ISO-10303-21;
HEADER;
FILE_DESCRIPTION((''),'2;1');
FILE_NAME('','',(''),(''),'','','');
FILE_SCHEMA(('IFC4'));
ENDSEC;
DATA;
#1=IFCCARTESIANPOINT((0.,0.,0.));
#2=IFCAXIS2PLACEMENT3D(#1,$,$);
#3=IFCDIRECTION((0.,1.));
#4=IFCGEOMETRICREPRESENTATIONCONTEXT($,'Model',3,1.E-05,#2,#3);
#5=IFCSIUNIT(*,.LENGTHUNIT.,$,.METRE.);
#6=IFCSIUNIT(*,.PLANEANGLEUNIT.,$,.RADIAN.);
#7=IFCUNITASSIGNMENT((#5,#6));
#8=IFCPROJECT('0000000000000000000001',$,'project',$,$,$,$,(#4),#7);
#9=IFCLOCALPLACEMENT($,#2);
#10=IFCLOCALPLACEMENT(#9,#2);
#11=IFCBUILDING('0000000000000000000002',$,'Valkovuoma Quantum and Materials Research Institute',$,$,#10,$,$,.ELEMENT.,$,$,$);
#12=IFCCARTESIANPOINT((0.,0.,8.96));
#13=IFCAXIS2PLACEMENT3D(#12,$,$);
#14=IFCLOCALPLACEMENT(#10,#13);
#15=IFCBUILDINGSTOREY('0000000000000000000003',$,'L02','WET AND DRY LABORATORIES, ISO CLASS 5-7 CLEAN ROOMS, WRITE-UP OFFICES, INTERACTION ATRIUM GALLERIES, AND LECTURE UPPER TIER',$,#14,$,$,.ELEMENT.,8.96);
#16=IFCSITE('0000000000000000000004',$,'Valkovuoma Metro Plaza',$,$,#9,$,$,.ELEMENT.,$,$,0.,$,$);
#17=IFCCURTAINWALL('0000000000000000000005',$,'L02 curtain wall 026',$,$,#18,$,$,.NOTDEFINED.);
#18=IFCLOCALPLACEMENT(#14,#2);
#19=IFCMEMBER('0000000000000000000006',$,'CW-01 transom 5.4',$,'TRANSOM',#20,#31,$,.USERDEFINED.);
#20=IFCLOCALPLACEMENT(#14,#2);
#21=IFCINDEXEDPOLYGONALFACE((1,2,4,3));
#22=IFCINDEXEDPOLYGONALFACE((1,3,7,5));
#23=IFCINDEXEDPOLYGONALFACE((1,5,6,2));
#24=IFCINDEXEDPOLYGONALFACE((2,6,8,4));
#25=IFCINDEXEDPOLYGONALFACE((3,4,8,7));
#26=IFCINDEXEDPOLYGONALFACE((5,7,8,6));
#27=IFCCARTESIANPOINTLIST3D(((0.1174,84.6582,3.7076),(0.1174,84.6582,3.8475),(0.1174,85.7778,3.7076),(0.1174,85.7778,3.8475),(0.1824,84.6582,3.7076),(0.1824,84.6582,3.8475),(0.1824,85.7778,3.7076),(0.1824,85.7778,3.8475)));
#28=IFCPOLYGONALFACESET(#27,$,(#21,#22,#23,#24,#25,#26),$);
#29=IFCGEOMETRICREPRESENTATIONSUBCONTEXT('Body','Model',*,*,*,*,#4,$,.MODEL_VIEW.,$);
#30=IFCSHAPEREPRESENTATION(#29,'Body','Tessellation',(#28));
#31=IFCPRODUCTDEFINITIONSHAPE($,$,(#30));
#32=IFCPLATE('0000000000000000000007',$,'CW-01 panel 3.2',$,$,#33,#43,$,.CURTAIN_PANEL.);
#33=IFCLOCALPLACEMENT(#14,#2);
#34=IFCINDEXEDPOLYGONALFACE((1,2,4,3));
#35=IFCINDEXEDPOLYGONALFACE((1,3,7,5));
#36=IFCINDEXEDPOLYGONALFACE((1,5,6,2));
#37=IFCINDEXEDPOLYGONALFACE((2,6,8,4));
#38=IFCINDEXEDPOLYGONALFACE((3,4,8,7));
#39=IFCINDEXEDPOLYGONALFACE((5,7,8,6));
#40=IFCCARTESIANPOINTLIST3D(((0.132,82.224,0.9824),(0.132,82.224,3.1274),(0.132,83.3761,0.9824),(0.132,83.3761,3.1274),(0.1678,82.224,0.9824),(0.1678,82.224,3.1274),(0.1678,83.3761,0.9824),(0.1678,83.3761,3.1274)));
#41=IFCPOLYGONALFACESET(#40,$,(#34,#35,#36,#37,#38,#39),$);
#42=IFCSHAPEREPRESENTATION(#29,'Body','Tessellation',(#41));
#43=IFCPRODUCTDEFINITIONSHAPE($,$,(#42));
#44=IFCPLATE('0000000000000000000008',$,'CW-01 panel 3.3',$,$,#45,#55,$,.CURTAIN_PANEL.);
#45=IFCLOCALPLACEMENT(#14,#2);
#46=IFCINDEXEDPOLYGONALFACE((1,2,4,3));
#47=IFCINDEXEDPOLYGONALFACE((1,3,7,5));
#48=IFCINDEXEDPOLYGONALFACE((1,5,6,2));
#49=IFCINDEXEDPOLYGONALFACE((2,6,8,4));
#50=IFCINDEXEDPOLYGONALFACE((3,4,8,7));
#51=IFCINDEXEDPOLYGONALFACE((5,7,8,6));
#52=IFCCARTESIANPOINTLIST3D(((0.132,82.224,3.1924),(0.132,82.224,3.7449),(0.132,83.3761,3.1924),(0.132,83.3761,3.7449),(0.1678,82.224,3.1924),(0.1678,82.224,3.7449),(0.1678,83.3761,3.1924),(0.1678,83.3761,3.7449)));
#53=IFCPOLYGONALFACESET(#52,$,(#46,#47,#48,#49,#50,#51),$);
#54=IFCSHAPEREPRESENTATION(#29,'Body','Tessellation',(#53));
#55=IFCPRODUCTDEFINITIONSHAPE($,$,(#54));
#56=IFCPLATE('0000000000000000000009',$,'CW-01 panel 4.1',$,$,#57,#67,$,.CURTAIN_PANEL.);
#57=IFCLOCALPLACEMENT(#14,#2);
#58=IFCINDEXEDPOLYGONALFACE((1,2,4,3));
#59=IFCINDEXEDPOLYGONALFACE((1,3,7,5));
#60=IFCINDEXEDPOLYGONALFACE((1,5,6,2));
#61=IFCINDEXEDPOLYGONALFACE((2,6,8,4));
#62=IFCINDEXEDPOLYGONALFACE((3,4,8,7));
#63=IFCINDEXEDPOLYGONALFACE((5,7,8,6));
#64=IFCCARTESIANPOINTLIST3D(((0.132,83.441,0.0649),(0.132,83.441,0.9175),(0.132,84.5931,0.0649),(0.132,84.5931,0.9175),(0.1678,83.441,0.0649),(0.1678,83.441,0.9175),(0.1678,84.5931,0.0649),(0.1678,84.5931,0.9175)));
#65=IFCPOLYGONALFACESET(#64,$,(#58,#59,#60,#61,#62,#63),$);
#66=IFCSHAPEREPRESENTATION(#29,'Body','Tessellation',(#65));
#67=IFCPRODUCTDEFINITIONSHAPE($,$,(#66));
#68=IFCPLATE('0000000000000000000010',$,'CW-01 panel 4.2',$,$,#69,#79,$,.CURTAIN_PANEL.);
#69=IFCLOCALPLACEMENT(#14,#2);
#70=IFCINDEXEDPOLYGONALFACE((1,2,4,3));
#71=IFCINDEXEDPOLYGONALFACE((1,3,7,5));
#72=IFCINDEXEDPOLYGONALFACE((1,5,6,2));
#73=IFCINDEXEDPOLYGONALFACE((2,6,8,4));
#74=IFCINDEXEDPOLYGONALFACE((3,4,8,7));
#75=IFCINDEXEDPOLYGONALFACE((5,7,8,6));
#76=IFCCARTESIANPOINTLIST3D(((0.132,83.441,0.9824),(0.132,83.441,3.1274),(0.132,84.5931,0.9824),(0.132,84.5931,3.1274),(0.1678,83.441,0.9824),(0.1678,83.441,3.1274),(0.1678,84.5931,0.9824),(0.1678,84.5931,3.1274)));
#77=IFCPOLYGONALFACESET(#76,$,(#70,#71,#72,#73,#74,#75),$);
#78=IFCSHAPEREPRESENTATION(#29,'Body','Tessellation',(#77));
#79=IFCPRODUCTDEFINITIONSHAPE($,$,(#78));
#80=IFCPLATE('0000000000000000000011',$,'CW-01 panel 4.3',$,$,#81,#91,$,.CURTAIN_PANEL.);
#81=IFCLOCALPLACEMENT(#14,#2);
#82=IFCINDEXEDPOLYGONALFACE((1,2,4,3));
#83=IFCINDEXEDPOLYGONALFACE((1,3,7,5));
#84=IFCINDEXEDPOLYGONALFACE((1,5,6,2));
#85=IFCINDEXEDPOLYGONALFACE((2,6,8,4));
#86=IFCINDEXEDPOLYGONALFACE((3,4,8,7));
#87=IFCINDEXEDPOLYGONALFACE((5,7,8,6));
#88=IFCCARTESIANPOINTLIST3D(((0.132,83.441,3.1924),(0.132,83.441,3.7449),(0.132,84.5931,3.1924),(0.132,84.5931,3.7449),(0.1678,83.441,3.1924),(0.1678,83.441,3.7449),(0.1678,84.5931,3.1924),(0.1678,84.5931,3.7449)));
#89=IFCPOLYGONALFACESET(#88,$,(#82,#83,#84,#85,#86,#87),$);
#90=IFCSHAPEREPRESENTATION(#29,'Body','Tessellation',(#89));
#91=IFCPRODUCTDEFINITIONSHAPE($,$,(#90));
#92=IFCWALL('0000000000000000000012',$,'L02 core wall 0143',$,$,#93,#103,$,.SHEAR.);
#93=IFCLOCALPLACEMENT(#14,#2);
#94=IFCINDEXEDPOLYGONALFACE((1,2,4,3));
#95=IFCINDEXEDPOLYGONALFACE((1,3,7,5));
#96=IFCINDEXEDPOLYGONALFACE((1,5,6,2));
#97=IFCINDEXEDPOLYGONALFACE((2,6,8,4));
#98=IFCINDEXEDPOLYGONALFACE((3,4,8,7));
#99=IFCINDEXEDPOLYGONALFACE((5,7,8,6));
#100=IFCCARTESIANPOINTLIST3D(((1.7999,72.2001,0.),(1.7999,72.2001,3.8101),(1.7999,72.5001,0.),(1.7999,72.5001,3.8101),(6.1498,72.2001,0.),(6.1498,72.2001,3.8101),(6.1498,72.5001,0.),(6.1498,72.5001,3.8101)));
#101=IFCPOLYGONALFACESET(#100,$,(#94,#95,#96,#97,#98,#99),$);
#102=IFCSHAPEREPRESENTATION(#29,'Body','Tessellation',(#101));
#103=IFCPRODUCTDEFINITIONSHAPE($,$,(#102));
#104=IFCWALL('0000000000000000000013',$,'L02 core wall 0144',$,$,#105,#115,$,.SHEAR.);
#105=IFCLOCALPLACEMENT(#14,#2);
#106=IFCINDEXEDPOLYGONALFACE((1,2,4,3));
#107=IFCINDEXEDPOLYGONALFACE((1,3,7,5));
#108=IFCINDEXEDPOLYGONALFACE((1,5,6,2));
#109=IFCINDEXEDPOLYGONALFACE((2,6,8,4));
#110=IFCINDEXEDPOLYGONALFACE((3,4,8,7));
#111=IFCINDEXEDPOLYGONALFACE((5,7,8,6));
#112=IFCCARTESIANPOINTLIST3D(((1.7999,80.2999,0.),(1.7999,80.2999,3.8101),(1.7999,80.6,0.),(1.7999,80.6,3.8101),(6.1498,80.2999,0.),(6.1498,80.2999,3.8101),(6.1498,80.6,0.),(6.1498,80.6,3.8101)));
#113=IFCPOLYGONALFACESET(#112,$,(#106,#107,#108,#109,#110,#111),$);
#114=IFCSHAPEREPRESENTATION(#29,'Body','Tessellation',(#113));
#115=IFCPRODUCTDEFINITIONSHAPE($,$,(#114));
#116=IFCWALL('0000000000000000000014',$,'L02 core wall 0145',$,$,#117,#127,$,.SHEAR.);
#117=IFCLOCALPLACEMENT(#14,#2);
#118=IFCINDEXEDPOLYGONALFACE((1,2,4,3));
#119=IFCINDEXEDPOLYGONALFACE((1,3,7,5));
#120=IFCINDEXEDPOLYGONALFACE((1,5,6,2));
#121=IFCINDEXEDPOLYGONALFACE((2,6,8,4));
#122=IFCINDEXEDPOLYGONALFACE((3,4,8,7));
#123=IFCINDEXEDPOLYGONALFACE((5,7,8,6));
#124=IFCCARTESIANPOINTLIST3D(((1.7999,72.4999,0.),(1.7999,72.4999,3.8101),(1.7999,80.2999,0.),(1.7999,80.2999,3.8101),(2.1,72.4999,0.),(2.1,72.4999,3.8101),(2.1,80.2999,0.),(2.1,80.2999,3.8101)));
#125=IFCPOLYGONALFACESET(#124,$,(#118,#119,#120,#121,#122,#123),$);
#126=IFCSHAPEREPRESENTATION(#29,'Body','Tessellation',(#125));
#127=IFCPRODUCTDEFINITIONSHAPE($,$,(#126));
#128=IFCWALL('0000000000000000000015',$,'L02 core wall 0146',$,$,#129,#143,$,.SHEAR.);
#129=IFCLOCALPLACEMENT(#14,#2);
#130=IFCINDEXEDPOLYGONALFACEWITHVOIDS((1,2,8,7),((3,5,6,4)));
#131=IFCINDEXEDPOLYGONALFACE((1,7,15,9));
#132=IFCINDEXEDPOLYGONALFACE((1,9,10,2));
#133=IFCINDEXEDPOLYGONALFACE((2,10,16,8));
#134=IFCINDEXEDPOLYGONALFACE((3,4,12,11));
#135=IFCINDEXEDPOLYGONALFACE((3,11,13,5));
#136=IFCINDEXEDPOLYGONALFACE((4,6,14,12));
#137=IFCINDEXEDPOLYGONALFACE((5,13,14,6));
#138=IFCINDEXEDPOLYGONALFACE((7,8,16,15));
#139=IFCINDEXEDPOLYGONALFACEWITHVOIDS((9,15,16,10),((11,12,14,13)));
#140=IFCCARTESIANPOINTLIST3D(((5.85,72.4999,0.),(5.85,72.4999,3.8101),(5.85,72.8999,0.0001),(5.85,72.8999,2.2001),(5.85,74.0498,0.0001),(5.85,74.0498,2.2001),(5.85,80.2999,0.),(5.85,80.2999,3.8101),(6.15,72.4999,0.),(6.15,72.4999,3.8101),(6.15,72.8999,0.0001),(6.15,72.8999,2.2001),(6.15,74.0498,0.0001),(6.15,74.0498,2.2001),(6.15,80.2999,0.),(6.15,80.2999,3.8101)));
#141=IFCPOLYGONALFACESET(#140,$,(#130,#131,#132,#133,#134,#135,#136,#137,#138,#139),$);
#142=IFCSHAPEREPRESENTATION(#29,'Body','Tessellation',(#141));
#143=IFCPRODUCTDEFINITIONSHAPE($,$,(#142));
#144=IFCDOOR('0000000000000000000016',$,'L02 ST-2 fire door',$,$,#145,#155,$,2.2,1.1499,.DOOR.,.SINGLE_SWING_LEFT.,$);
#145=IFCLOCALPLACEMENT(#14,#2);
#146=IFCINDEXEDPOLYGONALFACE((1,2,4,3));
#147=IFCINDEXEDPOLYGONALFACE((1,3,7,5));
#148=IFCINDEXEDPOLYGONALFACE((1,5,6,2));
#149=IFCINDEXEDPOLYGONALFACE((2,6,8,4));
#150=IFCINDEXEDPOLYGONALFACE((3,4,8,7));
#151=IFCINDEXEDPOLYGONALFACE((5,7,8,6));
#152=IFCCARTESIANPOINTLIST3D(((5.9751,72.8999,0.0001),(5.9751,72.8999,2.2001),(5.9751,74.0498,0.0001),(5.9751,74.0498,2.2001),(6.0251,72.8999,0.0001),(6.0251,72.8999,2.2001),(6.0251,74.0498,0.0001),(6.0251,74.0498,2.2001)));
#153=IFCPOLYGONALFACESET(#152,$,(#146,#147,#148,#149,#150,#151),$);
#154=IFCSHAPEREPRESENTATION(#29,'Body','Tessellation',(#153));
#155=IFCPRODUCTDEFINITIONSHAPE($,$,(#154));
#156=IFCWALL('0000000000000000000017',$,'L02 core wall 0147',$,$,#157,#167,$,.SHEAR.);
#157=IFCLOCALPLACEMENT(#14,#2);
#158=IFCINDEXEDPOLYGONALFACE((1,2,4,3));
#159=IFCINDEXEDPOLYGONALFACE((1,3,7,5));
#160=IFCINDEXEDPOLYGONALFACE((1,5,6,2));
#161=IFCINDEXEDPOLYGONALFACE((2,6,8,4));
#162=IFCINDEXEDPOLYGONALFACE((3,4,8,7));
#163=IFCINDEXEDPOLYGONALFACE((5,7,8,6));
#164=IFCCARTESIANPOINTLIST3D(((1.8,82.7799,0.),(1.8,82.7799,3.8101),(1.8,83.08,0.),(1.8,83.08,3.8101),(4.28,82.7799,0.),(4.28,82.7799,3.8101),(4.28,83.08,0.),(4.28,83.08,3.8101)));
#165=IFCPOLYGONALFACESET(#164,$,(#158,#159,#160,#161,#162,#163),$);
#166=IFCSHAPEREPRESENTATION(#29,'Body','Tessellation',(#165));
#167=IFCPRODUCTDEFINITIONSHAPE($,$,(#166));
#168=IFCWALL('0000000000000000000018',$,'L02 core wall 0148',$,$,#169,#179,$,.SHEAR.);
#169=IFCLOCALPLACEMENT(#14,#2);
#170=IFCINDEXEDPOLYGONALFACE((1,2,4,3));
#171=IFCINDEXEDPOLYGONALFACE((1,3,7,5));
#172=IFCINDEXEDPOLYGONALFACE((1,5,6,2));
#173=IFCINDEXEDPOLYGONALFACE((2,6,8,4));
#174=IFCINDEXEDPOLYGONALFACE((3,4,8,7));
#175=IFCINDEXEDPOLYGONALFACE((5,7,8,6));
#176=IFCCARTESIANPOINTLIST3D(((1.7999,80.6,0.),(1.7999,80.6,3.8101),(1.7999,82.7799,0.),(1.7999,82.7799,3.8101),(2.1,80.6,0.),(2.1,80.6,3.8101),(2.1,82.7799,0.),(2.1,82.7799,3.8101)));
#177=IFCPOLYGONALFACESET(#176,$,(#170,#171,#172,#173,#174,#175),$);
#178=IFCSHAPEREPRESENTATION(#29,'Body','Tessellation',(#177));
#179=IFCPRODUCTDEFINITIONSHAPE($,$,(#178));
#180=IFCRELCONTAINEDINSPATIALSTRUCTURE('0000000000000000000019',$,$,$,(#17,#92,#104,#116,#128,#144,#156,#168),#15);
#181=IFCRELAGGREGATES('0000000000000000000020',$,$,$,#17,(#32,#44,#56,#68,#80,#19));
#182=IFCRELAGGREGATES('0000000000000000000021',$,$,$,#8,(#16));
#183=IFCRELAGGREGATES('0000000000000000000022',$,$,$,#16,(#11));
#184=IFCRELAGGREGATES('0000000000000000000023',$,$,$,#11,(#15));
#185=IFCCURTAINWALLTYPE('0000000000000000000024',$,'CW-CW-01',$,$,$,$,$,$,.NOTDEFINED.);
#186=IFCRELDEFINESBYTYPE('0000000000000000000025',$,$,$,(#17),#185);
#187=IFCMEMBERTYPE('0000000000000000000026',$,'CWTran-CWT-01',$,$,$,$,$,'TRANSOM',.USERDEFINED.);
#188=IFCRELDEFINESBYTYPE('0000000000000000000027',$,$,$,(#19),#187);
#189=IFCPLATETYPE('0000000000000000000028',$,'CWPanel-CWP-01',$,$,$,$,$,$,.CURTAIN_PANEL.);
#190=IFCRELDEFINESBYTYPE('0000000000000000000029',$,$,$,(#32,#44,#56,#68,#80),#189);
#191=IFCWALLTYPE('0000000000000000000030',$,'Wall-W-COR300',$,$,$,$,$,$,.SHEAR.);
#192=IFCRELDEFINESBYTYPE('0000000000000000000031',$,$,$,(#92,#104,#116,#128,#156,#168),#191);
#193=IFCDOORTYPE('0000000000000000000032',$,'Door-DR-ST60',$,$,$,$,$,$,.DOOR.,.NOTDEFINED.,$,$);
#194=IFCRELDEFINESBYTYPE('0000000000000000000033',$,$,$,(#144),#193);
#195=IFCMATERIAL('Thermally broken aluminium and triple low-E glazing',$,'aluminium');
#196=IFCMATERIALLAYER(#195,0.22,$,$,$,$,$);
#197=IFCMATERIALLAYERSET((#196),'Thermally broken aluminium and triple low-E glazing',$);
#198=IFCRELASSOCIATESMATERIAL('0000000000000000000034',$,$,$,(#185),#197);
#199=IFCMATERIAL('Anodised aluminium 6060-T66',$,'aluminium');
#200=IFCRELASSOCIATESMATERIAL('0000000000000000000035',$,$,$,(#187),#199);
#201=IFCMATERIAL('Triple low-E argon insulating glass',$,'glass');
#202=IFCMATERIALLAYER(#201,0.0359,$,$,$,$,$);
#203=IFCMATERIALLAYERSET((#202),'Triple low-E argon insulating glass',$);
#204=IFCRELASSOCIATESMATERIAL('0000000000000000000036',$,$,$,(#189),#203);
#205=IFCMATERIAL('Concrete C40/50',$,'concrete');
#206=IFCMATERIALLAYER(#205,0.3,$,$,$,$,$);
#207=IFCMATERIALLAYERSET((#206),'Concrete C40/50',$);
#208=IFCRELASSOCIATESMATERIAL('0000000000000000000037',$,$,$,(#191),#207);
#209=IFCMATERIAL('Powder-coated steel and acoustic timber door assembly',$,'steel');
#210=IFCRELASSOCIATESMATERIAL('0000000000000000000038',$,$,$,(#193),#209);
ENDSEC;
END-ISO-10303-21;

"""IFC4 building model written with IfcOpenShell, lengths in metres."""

from ifc_helpers import new_model, si_unit, direction, frame, frame_2d, origin, origin_2d, place, context, subcontext, project, spatial, rectangle, extrude, material, layer, layer_set, material_profile, profile_set, type_object, element, fill, aggregate, save


model = new_model("IFC4")

# Units and contexts
model_context = context("Model", 3, precision=1e-05, world=origin(), true_north=direction((0.0, 1.0)))
body_context = subcontext(model_context, "Body", "Model", "MODEL_VIEW")
ifc_project = project(units=[si_unit("LENGTHUNIT", "METRE"), si_unit("PLANEANGLEUNIT", "RADIAN")], contexts=[model_context])

# Site, building, storey
site_placement = place(None, origin())
site = spatial("IfcSite", under=ifc_project, at=site_placement, Name="Valkovuoma Metro Plaza", CompositionType="ELEMENT", RefElevation=0.0)
building_placement = place(site_placement, origin())
building = spatial("IfcBuilding", under=site, at=building_placement, Name="Valkovuoma Quantum and Materials Research Institute", CompositionType="ELEMENT")
storey_placement = place(building_placement, frame((0.0, 0.0, 8.96)))
storey = spatial("IfcBuildingStorey", under=building, at=storey_placement, Name="L02", Description="WET AND DRY LABORATORIES, ISO CLASS 5-7 CLEAN ROOMS, WRITE-UP OFFICES, INTERACTION ATRIUM GALLERIES, AND LECTURE UPPER TIER", CompositionType="ELEMENT", Elevation=8.96)

# Curtain wall, member, plates
ifc_material_1 = material(Name="Thermally broken aluminium and triple low-E glazing", Category="aluminium")
ifc_layer_1 = layer(ifc_material_1, 0.22)
ifc_layer_set_1 = layer_set([ifc_layer_1], Name="Thermally broken aluminium and triple low-E glazing")
curtain_wall_type = type_object("IfcCurtainWallType", Name="CW-CW-01", PredefinedType="NOTDEFINED", material=ifc_layer_set_1)
curtain_wall_placement = place(storey_placement, origin())
curtain_wall = element("IfcCurtainWall", 1, at=curtain_wall_placement, inside=storey, type_object=curtain_wall_type, Name="L02 curtain wall 026", PredefinedType="NOTDEFINED")
ifc_material_2 = material(Name="Anodised aluminium 6060-T66", Category="aluminium")
ifc_material_profile_1 = material_profile(ifc_material_2, rectangle(XDim=0.0649, YDim=0.1399, at=origin_2d()), Name="Anodised aluminium 6060-T66")
ifc_profile_set_1 = profile_set([ifc_material_profile_1], Name="Anodised aluminium 6060-T66")
member_type_1 = type_object("IfcMemberType", Name="CWTran-CWT-01", ElementType="TRANSOM", PredefinedType="USERDEFINED", material=ifc_profile_set_1)
member_1_placement = place(storey_placement, frame((0.1499, 84.6582, 3.7776), z_axis=(0.0, 1.0, 0.0), x_axis=(-1.0, 0.0, 0.0)))
member_1 = element("IfcMember", 2, at=member_1_placement, type_object=member_type_1, Name="CW-01 transom 5.4", ObjectType="TRANSOM", PredefinedType="USERDEFINED", context=body_context, shape_type="SweptSolid", body=[
    extrude(rectangle(XDim=0.0649, YDim=0.1399, at=origin_2d()), origin(), (0.0, 0.0, 1.0), 1.1196),
])
ifc_material_3 = material(Name="Triple low-E argon insulating glass", Category="glass")
ifc_layer_2 = layer(ifc_material_3, 0.0359)
ifc_layer_set_2 = layer_set([ifc_layer_2], Name="Triple low-E argon insulating glass")
plate_type = type_object("IfcPlateType", Name="CWPanel-CWP-01", PredefinedType="CURTAIN_PANEL", material=ifc_layer_set_2)
plate_1_placement = place(storey_placement, frame((0.1499, 82.8, 0.9824), z_axis=(0.0, 0.0, 1.0), x_axis=(0.0, 1.0, 0.0)))
plate_1 = element("IfcPlate", 3, at=plate_1_placement, type_object=plate_type, Name="CW-01 panel 3.2", PredefinedType="CURTAIN_PANEL", context=body_context, shape_type="SweptSolid", body=[
    extrude(rectangle(XDim=1.1521, YDim=0.0359, at=origin_2d()), origin(), (0.0, 0.0, 1.0), 2.145),
])
plate_2_placement = place(storey_placement, frame((0.1499, 82.8, 3.1924), z_axis=(0.0, 0.0, 1.0), x_axis=(0.0, 1.0, 0.0)))
plate_2 = element("IfcPlate", 4, at=plate_2_placement, type_object=plate_type, Name="CW-01 panel 3.3", PredefinedType="CURTAIN_PANEL", context=body_context, shape_type="SweptSolid", body=[
    extrude(rectangle(XDim=1.1521, YDim=0.0359, at=origin_2d()), origin(), (0.0, 0.0, 1.0), 0.5525),
])
plate_3_placement = place(storey_placement, frame((0.1499, 84.0171, 0.0649), z_axis=(0.0, 0.0, 1.0), x_axis=(0.0, 1.0, 0.0)))
plate_3 = element("IfcPlate", 5, at=plate_3_placement, type_object=plate_type, Name="CW-01 panel 4.1", PredefinedType="CURTAIN_PANEL", context=body_context, shape_type="SweptSolid", body=[
    extrude(rectangle(XDim=1.1521, YDim=0.0359, at=origin_2d()), origin(), (0.0, 0.0, 1.0), 0.8525),
])
plate_4_placement = place(storey_placement, frame((0.1499, 84.0171, 0.9824), z_axis=(0.0, 0.0, 1.0), x_axis=(0.0, 1.0, 0.0)))
plate_4 = element("IfcPlate", 6, at=plate_4_placement, type_object=plate_type, Name="CW-01 panel 4.2", PredefinedType="CURTAIN_PANEL", context=body_context, shape_type="SweptSolid", body=[
    extrude(rectangle(XDim=1.1521, YDim=0.0359, at=origin_2d()), origin(), (0.0, 0.0, 1.0), 2.145),
])
plate_5_placement = place(storey_placement, frame((0.1499, 84.0171, 3.1924), z_axis=(0.0, 0.0, 1.0), x_axis=(0.0, 1.0, 0.0)))
plate_5 = element("IfcPlate", 7, at=plate_5_placement, type_object=plate_type, Name="CW-01 panel 4.3", PredefinedType="CURTAIN_PANEL", context=body_context, shape_type="SweptSolid", body=[
    extrude(rectangle(XDim=1.1521, YDim=0.0359, at=origin_2d()), origin(), (0.0, 0.0, 1.0), 0.5525),
])
aggregate(curtain_wall, [plate_1, plate_2, plate_3, plate_4, plate_5, member_1])

# Walls
ifc_material_4 = material(Name="Concrete C40/50", Category="concrete")
ifc_layer_3 = layer(ifc_material_4, 0.3)
ifc_layer_set_3 = layer_set([ifc_layer_3], Name="Concrete C40/50")
wall_type = type_object("IfcWallType", Name="Wall-W-COR300", PredefinedType="SHEAR", material=ifc_layer_set_3)
for number, where, z_axis, x_axis, name in (
    (8, (1.8, 72.3501, 0.0), (0.0, 0.0, 1.0), (1.0, 0.0, 0.0), "L02 core wall 0143"),
    (9, (1.8, 80.45, 0.0), (0.0, 0.0, 1.0), (1.0, 0.0, 0.0), "L02 core wall 0144"),
):
    element("IfcWall", number, at=place(storey_placement, frame(where, z_axis=z_axis, x_axis=x_axis)), inside=storey, type_object=wall_type, Name=name, PredefinedType="SHEAR", context=body_context, shape_type="SweptSolid", body=[
        extrude(rectangle(XDim=4.3499, YDim=0.3, at=frame_2d((2.1748, 0.0))), origin(), (0.0, 0.0, 1.0), 3.8101),
    ])
wall_1_placement = place(storey_placement, frame((1.95, 72.5, 0.0), z_axis=(0.0, 0.0, 1.0), x_axis=(0.0, 1.0, 0.0)))
element("IfcWall", 10, at=wall_1_placement, inside=storey, type_object=wall_type, Name="L02 core wall 0145", PredefinedType="SHEAR", context=body_context, shape_type="SweptSolid", body=[
    extrude(rectangle(XDim=7.8, YDim=0.3, at=frame_2d((3.8999, 0.0))), origin(), (0.0, 0.0, 1.0), 3.8101),
])

# Wall, opening, door
wall_2_placement = place(storey_placement, frame((6.0, 72.5, 0.0), z_axis=(0.0, 0.0, 1.0), x_axis=(0.0, 1.0, 0.0)))
wall_2 = element("IfcWall", 11, at=wall_2_placement, inside=storey, type_object=wall_type, Name="L02 core wall 0146", PredefinedType="SHEAR", context=body_context, shape_type="SweptSolid", body=[
    extrude(rectangle(XDim=7.8, YDim=0.3, at=frame_2d((3.8999, 0.0))), origin(), (0.0, 0.0, 1.0), 3.8101),
])
opening_1_placement = place(wall_2_placement, frame((0.3999, 0.0, 0.0)))
opening_1 = element("IfcOpeningElement", 12, at=opening_1_placement, cuts=wall_2, PredefinedType="OPENING", context=body_context, shape_type="SweptSolid", body=[
    extrude(rectangle(XDim=1.1499, YDim=2.2, at=frame_2d((0.575, 1.1001))), frame((0.0, 0.1602, 0.0), z_axis=(0.0, -1.0, 0.0), x_axis=(1.0, 0.0, 0.0)), (0.0, 0.0, 1.0), 0.3201),
])
ifc_material_5 = material(Name="Powder-coated steel and acoustic timber door assembly", Category="steel")
door_type_1 = type_object("IfcDoorType", Name="Door-DR-ST60", OperationType="NOTDEFINED", PredefinedType="DOOR", material=ifc_material_5)
door_1_placement = place(opening_1_placement, origin())
door_1 = element("IfcDoor", 13, at=door_1_placement, inside=storey, type_object=door_type_1, Name="L02 ST-2 fire door", OperationType="SINGLE_SWING_LEFT", OverallHeight=2.2, OverallWidth=1.1499, PredefinedType="DOOR", context=body_context, shape_type="SweptSolid", body=[
    extrude(rectangle(XDim=1.1499, YDim=2.2, at=frame_2d((0.575, 1.1001))), frame((0.0, 0.0249, 0.0), z_axis=(0.0, -1.0, 0.0), x_axis=(1.0, 0.0, 0.0)), (0.0, 0.0, 1.0), 0.05),
])
fill(opening_1, door_1)

# Walls
wall_3_placement = place(storey_placement, frame((1.8, 82.9299, 0.0), z_axis=(0.0, 0.0, 1.0), x_axis=(1.0, 0.0, 0.0)))
element("IfcWall", 14, at=wall_3_placement, inside=storey, type_object=wall_type, Name="L02 core wall 0147", PredefinedType="SHEAR", context=body_context, shape_type="SweptSolid", body=[
    extrude(rectangle(XDim=2.48, YDim=0.3, at=frame_2d((1.24, 0.0))), origin(), (0.0, 0.0, 1.0), 3.8101),
])
wall_4_placement = place(storey_placement, frame((1.95, 80.6001, 0.0), z_axis=(0.0, 0.0, 1.0), x_axis=(0.0, 1.0, 0.0)))
element("IfcWall", 15, at=wall_4_placement, inside=storey, type_object=wall_type, Name="L02 core wall 0148", PredefinedType="SHEAR", context=body_context, shape_type="SweptSolid", body=[
    extrude(rectangle(XDim=2.1799, YDim=0.3, at=frame_2d((1.0898, 0.0))), origin(), (0.0, 0.0, 1.0), 3.8101),
])

save(model, "model.ifc")
